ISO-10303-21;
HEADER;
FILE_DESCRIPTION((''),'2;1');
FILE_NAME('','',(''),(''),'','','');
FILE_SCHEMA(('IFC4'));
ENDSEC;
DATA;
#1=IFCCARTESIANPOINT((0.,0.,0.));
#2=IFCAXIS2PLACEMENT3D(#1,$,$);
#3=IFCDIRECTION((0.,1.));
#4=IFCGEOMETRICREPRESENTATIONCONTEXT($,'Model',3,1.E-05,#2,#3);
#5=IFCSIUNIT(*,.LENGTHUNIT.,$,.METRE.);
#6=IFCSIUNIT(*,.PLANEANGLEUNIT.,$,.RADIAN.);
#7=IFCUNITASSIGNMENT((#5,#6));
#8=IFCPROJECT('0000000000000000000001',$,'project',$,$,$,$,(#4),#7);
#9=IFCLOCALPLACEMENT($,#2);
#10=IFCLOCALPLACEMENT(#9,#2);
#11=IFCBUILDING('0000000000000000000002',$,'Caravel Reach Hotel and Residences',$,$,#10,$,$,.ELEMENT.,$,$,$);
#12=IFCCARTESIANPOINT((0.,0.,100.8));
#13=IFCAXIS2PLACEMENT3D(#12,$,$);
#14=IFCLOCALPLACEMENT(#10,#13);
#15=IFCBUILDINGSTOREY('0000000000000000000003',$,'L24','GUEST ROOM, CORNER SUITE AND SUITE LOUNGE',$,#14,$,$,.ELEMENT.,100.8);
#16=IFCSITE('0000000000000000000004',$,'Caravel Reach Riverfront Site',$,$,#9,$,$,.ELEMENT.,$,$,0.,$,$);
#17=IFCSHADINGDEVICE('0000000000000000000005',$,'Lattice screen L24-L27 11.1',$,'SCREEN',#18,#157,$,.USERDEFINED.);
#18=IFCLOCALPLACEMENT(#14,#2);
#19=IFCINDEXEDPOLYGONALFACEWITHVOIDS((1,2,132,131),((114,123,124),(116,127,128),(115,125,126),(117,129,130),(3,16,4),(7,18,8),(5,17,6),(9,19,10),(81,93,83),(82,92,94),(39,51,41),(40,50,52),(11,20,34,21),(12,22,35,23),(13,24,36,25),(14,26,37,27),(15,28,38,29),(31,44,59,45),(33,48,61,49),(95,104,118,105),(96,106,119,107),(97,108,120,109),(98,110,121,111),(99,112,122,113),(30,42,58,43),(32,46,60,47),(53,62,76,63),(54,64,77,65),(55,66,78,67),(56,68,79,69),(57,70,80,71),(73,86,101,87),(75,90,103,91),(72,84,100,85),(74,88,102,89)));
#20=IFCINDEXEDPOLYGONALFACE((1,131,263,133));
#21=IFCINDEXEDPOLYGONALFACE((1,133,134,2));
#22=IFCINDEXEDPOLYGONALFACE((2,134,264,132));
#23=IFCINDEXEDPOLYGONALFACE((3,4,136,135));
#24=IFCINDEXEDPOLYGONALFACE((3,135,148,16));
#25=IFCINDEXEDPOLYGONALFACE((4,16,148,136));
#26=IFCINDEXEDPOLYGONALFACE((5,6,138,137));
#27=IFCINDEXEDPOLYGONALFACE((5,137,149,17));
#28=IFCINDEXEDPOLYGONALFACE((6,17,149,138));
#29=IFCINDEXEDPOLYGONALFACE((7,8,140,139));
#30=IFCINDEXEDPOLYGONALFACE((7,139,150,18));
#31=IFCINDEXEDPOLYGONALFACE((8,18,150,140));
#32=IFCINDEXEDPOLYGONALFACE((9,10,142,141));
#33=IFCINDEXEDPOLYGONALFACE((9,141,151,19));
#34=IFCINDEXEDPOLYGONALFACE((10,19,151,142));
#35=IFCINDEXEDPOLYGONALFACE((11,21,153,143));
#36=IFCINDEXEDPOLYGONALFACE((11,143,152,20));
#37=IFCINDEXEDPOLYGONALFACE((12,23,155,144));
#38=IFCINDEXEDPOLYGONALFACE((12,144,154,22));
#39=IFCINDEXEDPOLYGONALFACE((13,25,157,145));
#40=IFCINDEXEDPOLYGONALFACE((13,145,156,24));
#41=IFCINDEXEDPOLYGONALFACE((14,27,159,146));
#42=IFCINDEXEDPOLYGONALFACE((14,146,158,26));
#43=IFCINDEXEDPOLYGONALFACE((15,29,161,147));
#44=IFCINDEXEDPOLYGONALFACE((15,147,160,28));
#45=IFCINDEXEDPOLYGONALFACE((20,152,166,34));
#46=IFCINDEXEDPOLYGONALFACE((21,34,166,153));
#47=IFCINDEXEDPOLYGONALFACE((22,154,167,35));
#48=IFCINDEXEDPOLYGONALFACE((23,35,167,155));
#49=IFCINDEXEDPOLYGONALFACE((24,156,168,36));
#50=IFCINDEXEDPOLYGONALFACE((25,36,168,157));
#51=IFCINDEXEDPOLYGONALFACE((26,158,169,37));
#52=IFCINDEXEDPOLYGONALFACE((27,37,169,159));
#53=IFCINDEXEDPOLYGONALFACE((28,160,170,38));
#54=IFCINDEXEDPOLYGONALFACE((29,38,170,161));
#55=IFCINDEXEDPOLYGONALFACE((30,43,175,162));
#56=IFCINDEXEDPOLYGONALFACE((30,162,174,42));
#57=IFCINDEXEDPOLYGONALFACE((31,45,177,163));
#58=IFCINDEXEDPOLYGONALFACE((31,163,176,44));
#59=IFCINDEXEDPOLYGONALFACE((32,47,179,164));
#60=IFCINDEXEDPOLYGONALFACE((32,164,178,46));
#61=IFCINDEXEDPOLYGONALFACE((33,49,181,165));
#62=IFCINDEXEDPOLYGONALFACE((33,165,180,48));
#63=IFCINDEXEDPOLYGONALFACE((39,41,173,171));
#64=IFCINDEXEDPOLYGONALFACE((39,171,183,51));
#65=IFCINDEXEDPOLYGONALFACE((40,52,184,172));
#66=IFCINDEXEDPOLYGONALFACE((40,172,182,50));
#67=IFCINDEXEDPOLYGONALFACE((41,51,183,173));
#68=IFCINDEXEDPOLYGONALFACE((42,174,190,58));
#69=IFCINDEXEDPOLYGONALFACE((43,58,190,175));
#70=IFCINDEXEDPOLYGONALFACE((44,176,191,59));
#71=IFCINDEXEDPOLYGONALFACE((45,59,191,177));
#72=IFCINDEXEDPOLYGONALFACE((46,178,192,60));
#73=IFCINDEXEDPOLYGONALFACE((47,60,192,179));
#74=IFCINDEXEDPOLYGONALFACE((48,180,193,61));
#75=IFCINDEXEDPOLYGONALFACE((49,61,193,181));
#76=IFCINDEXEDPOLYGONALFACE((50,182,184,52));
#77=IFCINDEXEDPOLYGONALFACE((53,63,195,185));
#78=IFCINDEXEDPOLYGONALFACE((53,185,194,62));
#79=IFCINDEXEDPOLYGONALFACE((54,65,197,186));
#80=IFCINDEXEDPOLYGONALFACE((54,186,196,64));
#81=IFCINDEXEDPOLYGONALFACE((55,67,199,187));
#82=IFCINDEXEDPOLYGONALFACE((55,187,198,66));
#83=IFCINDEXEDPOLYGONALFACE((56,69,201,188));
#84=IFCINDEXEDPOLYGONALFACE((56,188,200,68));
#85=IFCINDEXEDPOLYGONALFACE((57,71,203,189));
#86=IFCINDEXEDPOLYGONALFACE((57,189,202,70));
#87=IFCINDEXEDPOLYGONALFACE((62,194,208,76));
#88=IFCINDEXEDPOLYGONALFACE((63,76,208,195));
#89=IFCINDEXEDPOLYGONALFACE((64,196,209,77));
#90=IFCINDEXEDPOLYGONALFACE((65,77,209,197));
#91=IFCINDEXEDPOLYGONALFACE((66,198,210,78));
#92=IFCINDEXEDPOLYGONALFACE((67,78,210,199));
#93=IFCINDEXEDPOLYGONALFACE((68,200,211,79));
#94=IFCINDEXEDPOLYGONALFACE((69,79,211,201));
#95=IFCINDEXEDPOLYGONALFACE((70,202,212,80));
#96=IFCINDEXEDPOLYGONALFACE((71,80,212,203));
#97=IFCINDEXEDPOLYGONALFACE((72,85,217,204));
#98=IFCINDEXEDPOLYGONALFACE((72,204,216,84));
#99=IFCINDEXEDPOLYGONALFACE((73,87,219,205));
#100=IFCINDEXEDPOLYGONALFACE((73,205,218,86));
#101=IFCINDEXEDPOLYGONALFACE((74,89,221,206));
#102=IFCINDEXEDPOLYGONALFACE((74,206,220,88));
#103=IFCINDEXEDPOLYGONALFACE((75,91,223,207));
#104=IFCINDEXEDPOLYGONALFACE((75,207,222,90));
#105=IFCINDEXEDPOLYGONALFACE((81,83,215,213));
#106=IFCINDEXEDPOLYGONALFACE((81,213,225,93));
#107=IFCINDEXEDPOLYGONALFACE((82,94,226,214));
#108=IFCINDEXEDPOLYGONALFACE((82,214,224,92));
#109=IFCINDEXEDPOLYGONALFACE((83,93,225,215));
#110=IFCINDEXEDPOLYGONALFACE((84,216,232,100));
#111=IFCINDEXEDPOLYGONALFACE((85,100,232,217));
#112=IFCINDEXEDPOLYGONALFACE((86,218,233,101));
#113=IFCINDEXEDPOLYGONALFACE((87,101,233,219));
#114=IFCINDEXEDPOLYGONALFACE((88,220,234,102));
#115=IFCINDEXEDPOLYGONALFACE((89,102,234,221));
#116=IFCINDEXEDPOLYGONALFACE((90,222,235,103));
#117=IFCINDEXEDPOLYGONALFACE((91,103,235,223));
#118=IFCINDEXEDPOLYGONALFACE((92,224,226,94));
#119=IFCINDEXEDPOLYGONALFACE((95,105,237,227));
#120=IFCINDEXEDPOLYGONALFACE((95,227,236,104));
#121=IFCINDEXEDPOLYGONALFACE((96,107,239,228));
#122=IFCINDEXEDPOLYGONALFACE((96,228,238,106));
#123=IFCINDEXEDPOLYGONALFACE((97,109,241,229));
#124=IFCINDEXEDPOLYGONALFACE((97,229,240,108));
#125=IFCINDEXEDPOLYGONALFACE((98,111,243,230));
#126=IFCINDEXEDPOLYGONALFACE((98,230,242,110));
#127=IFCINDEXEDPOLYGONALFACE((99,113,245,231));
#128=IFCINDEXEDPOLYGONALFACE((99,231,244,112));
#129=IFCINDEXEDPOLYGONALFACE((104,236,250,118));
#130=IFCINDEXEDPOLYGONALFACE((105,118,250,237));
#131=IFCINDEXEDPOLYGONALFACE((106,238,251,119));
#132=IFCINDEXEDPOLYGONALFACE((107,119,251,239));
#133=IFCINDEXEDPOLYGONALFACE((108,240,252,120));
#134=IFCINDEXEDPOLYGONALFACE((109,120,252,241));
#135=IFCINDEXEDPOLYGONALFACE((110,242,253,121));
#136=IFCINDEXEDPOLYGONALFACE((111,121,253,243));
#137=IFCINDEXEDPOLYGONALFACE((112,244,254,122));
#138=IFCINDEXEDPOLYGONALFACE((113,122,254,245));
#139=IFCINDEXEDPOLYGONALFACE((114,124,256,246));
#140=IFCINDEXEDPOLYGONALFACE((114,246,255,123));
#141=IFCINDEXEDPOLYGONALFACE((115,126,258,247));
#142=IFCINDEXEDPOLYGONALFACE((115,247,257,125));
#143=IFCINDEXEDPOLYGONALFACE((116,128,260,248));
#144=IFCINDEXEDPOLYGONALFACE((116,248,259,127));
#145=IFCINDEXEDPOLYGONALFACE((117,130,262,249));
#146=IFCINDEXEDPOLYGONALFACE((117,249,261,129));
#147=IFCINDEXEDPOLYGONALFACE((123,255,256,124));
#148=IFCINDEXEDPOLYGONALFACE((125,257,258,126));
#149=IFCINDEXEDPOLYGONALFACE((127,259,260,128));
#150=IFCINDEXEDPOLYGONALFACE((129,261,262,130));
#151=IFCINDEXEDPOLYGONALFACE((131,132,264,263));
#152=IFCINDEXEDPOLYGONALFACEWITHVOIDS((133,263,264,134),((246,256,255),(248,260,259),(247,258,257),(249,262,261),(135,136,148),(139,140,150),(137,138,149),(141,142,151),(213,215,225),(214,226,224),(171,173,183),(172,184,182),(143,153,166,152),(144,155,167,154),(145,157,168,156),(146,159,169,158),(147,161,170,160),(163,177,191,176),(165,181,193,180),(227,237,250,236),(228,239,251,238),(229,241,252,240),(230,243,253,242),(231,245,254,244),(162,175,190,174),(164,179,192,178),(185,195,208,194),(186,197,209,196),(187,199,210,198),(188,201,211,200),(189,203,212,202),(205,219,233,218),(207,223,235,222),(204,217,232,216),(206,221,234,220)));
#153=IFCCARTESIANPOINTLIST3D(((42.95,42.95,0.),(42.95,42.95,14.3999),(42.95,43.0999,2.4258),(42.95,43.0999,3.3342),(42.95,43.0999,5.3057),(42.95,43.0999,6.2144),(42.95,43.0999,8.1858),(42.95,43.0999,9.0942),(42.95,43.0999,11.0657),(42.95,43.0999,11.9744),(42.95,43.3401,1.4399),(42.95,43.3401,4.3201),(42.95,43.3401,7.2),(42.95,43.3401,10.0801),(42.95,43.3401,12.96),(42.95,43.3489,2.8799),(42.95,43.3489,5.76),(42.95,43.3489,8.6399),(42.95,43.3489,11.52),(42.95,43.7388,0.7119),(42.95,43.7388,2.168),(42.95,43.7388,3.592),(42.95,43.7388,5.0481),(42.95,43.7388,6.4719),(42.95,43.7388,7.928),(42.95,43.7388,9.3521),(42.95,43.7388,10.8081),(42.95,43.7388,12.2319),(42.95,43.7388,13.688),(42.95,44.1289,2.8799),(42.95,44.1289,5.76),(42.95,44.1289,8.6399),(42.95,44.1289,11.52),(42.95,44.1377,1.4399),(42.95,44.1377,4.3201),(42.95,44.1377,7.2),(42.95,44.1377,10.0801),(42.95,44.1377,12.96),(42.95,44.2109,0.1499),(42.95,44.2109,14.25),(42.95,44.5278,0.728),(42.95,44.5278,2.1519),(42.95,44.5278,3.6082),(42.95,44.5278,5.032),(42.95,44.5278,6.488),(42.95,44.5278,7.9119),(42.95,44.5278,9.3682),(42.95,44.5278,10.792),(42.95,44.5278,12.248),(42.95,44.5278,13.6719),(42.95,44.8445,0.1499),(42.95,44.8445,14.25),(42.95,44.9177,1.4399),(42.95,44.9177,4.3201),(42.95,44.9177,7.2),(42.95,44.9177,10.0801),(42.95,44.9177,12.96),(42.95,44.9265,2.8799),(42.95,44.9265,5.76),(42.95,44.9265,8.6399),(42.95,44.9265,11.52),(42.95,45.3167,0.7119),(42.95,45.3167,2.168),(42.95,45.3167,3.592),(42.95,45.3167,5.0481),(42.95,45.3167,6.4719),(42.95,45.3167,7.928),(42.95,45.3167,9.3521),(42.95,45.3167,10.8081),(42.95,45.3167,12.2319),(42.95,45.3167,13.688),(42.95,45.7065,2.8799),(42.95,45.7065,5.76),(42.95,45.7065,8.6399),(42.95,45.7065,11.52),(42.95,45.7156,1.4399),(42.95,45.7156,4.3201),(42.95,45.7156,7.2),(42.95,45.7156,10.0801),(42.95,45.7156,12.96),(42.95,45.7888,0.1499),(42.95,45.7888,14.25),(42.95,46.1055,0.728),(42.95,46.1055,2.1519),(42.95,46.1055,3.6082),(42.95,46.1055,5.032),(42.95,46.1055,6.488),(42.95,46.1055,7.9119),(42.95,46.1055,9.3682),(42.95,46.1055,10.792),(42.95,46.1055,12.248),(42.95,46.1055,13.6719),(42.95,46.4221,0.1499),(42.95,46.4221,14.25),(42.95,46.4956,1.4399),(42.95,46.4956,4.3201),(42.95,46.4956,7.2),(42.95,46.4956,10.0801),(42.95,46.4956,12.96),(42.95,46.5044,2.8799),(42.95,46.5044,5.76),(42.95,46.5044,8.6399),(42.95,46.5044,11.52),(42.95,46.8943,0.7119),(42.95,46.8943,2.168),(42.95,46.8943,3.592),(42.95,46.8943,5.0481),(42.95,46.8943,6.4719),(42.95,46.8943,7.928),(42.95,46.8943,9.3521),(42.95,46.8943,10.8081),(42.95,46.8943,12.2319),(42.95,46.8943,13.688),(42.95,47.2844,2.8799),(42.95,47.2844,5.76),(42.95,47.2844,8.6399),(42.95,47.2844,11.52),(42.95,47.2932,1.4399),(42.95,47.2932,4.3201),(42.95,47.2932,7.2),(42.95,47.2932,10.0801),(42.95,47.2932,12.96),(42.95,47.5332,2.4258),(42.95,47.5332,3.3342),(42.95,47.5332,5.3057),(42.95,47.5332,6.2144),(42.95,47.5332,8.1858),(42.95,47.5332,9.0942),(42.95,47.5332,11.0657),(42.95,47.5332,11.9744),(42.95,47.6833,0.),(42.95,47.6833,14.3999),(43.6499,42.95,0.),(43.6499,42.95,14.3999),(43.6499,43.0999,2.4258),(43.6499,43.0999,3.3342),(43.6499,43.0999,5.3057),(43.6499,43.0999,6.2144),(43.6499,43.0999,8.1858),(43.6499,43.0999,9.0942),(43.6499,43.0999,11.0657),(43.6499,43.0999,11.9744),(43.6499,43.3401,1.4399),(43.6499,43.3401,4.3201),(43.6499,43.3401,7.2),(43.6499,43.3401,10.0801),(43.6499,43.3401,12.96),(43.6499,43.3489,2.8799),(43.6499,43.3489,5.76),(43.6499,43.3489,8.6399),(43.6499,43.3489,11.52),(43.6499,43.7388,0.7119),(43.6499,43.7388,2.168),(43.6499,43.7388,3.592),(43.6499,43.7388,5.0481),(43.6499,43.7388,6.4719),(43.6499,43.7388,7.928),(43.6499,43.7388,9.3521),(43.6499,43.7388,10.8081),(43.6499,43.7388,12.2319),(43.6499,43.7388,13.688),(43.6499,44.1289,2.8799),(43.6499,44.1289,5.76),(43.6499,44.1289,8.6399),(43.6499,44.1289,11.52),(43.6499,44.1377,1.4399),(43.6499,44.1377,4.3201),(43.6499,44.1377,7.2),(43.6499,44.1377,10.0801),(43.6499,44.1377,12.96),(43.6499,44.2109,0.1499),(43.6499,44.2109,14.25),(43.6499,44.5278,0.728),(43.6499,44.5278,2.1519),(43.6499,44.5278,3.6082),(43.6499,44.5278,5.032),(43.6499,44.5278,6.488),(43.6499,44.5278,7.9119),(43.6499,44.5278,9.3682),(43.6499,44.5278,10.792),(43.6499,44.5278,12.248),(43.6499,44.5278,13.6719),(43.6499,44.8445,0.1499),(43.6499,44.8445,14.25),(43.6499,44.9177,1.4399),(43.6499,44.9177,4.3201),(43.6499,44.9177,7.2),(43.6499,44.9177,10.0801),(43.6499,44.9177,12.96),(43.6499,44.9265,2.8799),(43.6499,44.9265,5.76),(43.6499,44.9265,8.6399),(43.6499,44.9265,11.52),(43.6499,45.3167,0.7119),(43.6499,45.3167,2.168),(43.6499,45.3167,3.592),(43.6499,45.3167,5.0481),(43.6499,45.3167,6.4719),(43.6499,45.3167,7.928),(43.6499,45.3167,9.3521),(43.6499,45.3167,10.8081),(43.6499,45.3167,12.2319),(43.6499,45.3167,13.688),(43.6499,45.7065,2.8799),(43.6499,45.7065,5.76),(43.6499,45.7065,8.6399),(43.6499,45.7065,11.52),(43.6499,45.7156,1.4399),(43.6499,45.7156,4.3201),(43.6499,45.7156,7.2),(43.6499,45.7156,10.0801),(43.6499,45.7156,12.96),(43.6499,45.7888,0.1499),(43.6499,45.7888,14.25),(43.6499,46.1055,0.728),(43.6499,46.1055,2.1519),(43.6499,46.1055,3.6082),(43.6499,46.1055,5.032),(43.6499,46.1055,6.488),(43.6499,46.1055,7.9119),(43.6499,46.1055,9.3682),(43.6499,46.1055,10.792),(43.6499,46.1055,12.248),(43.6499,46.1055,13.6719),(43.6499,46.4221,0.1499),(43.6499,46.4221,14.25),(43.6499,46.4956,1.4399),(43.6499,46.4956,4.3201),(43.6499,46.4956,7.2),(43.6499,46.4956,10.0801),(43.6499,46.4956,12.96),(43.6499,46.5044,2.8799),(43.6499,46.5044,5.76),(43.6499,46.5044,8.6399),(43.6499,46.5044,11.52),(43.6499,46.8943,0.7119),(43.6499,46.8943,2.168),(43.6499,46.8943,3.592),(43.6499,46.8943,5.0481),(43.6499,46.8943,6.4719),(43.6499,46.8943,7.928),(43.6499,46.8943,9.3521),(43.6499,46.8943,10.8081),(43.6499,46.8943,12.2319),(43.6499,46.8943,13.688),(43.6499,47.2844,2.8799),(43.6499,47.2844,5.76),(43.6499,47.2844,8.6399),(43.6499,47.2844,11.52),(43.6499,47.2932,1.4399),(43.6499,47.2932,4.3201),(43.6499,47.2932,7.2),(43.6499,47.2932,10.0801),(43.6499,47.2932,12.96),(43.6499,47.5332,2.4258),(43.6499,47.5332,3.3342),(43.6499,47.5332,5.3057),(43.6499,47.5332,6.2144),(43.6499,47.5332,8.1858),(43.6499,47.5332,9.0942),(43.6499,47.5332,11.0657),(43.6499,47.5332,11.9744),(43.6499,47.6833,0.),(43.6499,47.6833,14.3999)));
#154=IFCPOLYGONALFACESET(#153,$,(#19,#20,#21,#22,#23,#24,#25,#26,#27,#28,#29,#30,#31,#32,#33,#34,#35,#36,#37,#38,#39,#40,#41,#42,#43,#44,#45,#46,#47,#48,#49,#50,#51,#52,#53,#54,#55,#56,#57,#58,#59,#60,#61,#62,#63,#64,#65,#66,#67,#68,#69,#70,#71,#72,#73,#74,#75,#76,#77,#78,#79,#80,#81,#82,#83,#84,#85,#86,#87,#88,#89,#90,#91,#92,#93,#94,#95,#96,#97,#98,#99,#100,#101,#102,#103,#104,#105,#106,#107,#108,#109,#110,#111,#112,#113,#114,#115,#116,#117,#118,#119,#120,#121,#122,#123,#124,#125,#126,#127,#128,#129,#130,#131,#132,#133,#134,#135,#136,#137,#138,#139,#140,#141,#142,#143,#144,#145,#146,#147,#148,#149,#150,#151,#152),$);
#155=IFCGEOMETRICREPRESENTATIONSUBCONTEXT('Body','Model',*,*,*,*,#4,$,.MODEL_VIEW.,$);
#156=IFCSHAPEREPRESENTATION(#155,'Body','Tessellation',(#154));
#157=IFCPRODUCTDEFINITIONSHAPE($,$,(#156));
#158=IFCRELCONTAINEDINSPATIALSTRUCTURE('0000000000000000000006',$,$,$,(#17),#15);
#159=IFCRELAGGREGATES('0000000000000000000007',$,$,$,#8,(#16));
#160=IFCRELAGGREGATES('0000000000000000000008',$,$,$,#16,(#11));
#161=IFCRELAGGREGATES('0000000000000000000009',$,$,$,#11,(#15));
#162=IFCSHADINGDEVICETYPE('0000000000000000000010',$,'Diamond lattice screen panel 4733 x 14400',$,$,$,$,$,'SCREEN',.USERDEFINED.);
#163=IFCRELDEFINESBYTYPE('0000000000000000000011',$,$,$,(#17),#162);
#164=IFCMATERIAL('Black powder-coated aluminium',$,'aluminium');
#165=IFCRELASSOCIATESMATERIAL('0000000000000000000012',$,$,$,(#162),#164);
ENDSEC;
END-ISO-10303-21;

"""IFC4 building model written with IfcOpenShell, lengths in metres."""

from ifc_helpers import new_model, si_unit, direction, frame, origin, place, context, subcontext, project, spatial, polyline, outline, extrude, material, type_object, element, save


model = new_model("IFC4")

# Units and contexts
model_context = context("Model", 3, precision=1e-05, world=origin(), true_north=direction((0.0, 1.0)))
body_context = subcontext(model_context, "Body", "Model", "MODEL_VIEW")
ifc_project = project(units=[si_unit("LENGTHUNIT", "METRE"), si_unit("PLANEANGLEUNIT", "RADIAN")], contexts=[model_context])

# Site, building, storey
site_placement = place(None, origin())
site = spatial("IfcSite", under=ifc_project, at=site_placement, Name="Caravel Reach Riverfront Site", CompositionType="ELEMENT", RefElevation=0.0)
building_placement = place(site_placement, origin())
building = spatial("IfcBuilding", under=site, at=building_placement, Name="Caravel Reach Hotel and Residences", CompositionType="ELEMENT")
storey_placement = place(building_placement, frame((0.0, 0.0, 100.8)))
storey = spatial("IfcBuildingStorey", under=building, at=storey_placement, Name="L24", Description="GUEST ROOM, CORNER SUITE AND SUITE LOUNGE", CompositionType="ELEMENT", Elevation=100.8)

# Shading device
ifc_material_1 = material(Name="Black powder-coated aluminium", Category="aluminium")
shading_device_type_1 = type_object("IfcShadingDeviceType", Name="Diamond lattice screen panel 4733 x 14400", ElementType="SCREEN", PredefinedType="USERDEFINED", material=ifc_material_1)
shading_device_1_placement = place(storey_placement, frame((42.95, 42.95, 0.0), z_axis=(1.0, 0.0, 0.0), x_axis=(0.0, 1.0, 0.0)))
element("IfcShadingDevice", 1, at=shading_device_1_placement, inside=storey, type_object=shading_device_type_1, Name="Lattice screen L24-L27 11.1", ObjectType="SCREEN", PredefinedType="USERDEFINED", context=body_context, shape_type="SweptSolid", body=[
    extrude(outline(polyline([(0.0, 0.0), (4.7334, 0.0), (4.7334, 14.3999), (0.0, 14.3999), (0.0, 0.0)]), holes=[polyline([(0.3989, 2.8799), (0.1499, 3.3342), (0.1499, 2.4258), (0.3989, 2.8799)]), polyline([(0.3989, 5.76), (0.1499, 6.2144), (0.1499, 5.3057), (0.3989, 5.76)]), polyline([(0.3989, 8.6399), (0.1499, 9.0942), (0.1499, 8.1858), (0.3989, 8.6399)]), polyline([(0.3989, 11.52), (0.1499, 11.9744), (0.1499, 11.0657), (0.3989, 11.52)]), polyline([(0.7888, 2.168), (0.3901, 1.4399), (0.7888, 0.7119), (1.1877, 1.4399), (0.7888, 2.168)]), polyline([(0.7888, 5.0481), (0.3901, 4.3201), (0.7888, 3.592), (1.1877, 4.3201), (0.7888, 5.0481)]), polyline([(0.7888, 7.928), (0.3901, 7.2), (0.7888, 6.4719), (1.1877, 7.2), (0.7888, 7.928)]), polyline([(0.7888, 10.8081), (0.3901, 10.0801), (0.7888, 9.3521), (1.1877, 10.0801), (0.7888, 10.8081)]), polyline([(0.7888, 13.688), (0.3901, 12.96), (0.7888, 12.2319), (1.1877, 12.96), (0.7888, 13.688)]), polyline([(1.5779, 0.728), (1.261, 0.1499), (1.8945, 0.1499), (1.5779, 0.728)]), polyline([(1.5779, 3.6082), (1.179, 2.8799), (1.5779, 2.1519), (1.9766, 2.8799), (1.5779, 3.6082)]), polyline([(1.5779, 6.488), (1.179, 5.76), (1.5779, 5.032), (1.9766, 5.76), (1.5779, 6.488)]), polyline([(1.5779, 9.3682), (1.179, 8.6399), (1.5779, 7.9119), (1.9766, 8.6399), (1.5779, 9.3682)]), polyline([(1.5779, 12.248), (1.179, 11.52), (1.5779, 10.792), (1.9766, 11.52), (1.5779, 12.248)]), polyline([(1.5779, 13.6719), (1.8945, 14.25), (1.261, 14.25), (1.5779, 13.6719)]), polyline([(2.3667, 2.168), (1.9678, 1.4399), (2.3667, 0.7119), (2.7656, 1.4399), (2.3667, 2.168)]), polyline([(2.3667, 5.0481), (1.9678, 4.3201), (2.3667, 3.592), (2.7656, 4.3201), (2.3667, 5.0481)]), polyline([(2.3667, 7.928), (1.9678, 7.2), (2.3667, 6.4719), (2.7656, 7.2), (2.3667, 7.928)]), polyline([(2.3667, 10.8081), (1.9678, 10.0801), (2.3667, 9.3521), (2.7656, 10.0801), (2.3667, 10.8081)]), polyline([(2.3667, 13.688), (1.9678, 12.96), (2.3667, 12.2319), (2.7656, 12.96), (2.3667, 13.688)]), polyline([(3.1555, 0.728), (2.8389, 0.1499), (3.4722, 0.1499), (3.1555, 0.728)]), polyline([(3.1555, 3.6082), (2.7566, 2.8799), (3.1555, 2.1519), (3.5544, 2.8799), (3.1555, 3.6082)]), polyline([(3.1555, 6.488), (2.7566, 5.76), (3.1555, 5.032), (3.5544, 5.76), (3.1555, 6.488)]), polyline([(3.1555, 9.3682), (2.7566, 8.6399), (3.1555, 7.9119), (3.5544, 8.6399), (3.1555, 9.3682)]), polyline([(3.1555, 12.248), (2.7566, 11.52), (3.1555, 10.792), (3.5544, 11.52), (3.1555, 12.248)]), polyline([(3.1555, 13.6719), (3.4722, 14.25), (2.8389, 14.25), (3.1555, 13.6719)]), polyline([(3.9443, 2.168), (3.5457, 1.4399), (3.9443, 0.7119), (4.3433, 1.4399), (3.9443, 2.168)]), polyline([(3.9443, 5.0481), (3.5457, 4.3201), (3.9443, 3.592), (4.3433, 4.3201), (3.9443, 5.0481)]), polyline([(3.9443, 7.928), (3.5457, 7.2), (3.9443, 6.4719), (4.3433, 7.2), (3.9443, 7.928)]), polyline([(3.9443, 10.8081), (3.5457, 10.0801), (3.9443, 9.3521), (4.3433, 10.0801), (3.9443, 10.8081)]), polyline([(3.9443, 13.688), (3.5457, 12.96), (3.9443, 12.2319), (4.3433, 12.96), (3.9443, 13.688)]), polyline([(4.3345, 2.8799), (4.5833, 2.4258), (4.5833, 3.3342), (4.3345, 2.8799)]), polyline([(4.3345, 5.76), (4.5833, 5.3057), (4.5833, 6.2144), (4.3345, 5.76)]), polyline([(4.3345, 8.6399), (4.5833, 8.1858), (4.5833, 9.0942), (4.3345, 8.6399)]), polyline([(4.3345, 11.52), (4.5833, 11.0657), (4.5833, 11.9744), (4.3345, 11.52)])]), origin(), (0.0, 0.0, 1.0), 0.7),
])

save(model, "model.ifc")
